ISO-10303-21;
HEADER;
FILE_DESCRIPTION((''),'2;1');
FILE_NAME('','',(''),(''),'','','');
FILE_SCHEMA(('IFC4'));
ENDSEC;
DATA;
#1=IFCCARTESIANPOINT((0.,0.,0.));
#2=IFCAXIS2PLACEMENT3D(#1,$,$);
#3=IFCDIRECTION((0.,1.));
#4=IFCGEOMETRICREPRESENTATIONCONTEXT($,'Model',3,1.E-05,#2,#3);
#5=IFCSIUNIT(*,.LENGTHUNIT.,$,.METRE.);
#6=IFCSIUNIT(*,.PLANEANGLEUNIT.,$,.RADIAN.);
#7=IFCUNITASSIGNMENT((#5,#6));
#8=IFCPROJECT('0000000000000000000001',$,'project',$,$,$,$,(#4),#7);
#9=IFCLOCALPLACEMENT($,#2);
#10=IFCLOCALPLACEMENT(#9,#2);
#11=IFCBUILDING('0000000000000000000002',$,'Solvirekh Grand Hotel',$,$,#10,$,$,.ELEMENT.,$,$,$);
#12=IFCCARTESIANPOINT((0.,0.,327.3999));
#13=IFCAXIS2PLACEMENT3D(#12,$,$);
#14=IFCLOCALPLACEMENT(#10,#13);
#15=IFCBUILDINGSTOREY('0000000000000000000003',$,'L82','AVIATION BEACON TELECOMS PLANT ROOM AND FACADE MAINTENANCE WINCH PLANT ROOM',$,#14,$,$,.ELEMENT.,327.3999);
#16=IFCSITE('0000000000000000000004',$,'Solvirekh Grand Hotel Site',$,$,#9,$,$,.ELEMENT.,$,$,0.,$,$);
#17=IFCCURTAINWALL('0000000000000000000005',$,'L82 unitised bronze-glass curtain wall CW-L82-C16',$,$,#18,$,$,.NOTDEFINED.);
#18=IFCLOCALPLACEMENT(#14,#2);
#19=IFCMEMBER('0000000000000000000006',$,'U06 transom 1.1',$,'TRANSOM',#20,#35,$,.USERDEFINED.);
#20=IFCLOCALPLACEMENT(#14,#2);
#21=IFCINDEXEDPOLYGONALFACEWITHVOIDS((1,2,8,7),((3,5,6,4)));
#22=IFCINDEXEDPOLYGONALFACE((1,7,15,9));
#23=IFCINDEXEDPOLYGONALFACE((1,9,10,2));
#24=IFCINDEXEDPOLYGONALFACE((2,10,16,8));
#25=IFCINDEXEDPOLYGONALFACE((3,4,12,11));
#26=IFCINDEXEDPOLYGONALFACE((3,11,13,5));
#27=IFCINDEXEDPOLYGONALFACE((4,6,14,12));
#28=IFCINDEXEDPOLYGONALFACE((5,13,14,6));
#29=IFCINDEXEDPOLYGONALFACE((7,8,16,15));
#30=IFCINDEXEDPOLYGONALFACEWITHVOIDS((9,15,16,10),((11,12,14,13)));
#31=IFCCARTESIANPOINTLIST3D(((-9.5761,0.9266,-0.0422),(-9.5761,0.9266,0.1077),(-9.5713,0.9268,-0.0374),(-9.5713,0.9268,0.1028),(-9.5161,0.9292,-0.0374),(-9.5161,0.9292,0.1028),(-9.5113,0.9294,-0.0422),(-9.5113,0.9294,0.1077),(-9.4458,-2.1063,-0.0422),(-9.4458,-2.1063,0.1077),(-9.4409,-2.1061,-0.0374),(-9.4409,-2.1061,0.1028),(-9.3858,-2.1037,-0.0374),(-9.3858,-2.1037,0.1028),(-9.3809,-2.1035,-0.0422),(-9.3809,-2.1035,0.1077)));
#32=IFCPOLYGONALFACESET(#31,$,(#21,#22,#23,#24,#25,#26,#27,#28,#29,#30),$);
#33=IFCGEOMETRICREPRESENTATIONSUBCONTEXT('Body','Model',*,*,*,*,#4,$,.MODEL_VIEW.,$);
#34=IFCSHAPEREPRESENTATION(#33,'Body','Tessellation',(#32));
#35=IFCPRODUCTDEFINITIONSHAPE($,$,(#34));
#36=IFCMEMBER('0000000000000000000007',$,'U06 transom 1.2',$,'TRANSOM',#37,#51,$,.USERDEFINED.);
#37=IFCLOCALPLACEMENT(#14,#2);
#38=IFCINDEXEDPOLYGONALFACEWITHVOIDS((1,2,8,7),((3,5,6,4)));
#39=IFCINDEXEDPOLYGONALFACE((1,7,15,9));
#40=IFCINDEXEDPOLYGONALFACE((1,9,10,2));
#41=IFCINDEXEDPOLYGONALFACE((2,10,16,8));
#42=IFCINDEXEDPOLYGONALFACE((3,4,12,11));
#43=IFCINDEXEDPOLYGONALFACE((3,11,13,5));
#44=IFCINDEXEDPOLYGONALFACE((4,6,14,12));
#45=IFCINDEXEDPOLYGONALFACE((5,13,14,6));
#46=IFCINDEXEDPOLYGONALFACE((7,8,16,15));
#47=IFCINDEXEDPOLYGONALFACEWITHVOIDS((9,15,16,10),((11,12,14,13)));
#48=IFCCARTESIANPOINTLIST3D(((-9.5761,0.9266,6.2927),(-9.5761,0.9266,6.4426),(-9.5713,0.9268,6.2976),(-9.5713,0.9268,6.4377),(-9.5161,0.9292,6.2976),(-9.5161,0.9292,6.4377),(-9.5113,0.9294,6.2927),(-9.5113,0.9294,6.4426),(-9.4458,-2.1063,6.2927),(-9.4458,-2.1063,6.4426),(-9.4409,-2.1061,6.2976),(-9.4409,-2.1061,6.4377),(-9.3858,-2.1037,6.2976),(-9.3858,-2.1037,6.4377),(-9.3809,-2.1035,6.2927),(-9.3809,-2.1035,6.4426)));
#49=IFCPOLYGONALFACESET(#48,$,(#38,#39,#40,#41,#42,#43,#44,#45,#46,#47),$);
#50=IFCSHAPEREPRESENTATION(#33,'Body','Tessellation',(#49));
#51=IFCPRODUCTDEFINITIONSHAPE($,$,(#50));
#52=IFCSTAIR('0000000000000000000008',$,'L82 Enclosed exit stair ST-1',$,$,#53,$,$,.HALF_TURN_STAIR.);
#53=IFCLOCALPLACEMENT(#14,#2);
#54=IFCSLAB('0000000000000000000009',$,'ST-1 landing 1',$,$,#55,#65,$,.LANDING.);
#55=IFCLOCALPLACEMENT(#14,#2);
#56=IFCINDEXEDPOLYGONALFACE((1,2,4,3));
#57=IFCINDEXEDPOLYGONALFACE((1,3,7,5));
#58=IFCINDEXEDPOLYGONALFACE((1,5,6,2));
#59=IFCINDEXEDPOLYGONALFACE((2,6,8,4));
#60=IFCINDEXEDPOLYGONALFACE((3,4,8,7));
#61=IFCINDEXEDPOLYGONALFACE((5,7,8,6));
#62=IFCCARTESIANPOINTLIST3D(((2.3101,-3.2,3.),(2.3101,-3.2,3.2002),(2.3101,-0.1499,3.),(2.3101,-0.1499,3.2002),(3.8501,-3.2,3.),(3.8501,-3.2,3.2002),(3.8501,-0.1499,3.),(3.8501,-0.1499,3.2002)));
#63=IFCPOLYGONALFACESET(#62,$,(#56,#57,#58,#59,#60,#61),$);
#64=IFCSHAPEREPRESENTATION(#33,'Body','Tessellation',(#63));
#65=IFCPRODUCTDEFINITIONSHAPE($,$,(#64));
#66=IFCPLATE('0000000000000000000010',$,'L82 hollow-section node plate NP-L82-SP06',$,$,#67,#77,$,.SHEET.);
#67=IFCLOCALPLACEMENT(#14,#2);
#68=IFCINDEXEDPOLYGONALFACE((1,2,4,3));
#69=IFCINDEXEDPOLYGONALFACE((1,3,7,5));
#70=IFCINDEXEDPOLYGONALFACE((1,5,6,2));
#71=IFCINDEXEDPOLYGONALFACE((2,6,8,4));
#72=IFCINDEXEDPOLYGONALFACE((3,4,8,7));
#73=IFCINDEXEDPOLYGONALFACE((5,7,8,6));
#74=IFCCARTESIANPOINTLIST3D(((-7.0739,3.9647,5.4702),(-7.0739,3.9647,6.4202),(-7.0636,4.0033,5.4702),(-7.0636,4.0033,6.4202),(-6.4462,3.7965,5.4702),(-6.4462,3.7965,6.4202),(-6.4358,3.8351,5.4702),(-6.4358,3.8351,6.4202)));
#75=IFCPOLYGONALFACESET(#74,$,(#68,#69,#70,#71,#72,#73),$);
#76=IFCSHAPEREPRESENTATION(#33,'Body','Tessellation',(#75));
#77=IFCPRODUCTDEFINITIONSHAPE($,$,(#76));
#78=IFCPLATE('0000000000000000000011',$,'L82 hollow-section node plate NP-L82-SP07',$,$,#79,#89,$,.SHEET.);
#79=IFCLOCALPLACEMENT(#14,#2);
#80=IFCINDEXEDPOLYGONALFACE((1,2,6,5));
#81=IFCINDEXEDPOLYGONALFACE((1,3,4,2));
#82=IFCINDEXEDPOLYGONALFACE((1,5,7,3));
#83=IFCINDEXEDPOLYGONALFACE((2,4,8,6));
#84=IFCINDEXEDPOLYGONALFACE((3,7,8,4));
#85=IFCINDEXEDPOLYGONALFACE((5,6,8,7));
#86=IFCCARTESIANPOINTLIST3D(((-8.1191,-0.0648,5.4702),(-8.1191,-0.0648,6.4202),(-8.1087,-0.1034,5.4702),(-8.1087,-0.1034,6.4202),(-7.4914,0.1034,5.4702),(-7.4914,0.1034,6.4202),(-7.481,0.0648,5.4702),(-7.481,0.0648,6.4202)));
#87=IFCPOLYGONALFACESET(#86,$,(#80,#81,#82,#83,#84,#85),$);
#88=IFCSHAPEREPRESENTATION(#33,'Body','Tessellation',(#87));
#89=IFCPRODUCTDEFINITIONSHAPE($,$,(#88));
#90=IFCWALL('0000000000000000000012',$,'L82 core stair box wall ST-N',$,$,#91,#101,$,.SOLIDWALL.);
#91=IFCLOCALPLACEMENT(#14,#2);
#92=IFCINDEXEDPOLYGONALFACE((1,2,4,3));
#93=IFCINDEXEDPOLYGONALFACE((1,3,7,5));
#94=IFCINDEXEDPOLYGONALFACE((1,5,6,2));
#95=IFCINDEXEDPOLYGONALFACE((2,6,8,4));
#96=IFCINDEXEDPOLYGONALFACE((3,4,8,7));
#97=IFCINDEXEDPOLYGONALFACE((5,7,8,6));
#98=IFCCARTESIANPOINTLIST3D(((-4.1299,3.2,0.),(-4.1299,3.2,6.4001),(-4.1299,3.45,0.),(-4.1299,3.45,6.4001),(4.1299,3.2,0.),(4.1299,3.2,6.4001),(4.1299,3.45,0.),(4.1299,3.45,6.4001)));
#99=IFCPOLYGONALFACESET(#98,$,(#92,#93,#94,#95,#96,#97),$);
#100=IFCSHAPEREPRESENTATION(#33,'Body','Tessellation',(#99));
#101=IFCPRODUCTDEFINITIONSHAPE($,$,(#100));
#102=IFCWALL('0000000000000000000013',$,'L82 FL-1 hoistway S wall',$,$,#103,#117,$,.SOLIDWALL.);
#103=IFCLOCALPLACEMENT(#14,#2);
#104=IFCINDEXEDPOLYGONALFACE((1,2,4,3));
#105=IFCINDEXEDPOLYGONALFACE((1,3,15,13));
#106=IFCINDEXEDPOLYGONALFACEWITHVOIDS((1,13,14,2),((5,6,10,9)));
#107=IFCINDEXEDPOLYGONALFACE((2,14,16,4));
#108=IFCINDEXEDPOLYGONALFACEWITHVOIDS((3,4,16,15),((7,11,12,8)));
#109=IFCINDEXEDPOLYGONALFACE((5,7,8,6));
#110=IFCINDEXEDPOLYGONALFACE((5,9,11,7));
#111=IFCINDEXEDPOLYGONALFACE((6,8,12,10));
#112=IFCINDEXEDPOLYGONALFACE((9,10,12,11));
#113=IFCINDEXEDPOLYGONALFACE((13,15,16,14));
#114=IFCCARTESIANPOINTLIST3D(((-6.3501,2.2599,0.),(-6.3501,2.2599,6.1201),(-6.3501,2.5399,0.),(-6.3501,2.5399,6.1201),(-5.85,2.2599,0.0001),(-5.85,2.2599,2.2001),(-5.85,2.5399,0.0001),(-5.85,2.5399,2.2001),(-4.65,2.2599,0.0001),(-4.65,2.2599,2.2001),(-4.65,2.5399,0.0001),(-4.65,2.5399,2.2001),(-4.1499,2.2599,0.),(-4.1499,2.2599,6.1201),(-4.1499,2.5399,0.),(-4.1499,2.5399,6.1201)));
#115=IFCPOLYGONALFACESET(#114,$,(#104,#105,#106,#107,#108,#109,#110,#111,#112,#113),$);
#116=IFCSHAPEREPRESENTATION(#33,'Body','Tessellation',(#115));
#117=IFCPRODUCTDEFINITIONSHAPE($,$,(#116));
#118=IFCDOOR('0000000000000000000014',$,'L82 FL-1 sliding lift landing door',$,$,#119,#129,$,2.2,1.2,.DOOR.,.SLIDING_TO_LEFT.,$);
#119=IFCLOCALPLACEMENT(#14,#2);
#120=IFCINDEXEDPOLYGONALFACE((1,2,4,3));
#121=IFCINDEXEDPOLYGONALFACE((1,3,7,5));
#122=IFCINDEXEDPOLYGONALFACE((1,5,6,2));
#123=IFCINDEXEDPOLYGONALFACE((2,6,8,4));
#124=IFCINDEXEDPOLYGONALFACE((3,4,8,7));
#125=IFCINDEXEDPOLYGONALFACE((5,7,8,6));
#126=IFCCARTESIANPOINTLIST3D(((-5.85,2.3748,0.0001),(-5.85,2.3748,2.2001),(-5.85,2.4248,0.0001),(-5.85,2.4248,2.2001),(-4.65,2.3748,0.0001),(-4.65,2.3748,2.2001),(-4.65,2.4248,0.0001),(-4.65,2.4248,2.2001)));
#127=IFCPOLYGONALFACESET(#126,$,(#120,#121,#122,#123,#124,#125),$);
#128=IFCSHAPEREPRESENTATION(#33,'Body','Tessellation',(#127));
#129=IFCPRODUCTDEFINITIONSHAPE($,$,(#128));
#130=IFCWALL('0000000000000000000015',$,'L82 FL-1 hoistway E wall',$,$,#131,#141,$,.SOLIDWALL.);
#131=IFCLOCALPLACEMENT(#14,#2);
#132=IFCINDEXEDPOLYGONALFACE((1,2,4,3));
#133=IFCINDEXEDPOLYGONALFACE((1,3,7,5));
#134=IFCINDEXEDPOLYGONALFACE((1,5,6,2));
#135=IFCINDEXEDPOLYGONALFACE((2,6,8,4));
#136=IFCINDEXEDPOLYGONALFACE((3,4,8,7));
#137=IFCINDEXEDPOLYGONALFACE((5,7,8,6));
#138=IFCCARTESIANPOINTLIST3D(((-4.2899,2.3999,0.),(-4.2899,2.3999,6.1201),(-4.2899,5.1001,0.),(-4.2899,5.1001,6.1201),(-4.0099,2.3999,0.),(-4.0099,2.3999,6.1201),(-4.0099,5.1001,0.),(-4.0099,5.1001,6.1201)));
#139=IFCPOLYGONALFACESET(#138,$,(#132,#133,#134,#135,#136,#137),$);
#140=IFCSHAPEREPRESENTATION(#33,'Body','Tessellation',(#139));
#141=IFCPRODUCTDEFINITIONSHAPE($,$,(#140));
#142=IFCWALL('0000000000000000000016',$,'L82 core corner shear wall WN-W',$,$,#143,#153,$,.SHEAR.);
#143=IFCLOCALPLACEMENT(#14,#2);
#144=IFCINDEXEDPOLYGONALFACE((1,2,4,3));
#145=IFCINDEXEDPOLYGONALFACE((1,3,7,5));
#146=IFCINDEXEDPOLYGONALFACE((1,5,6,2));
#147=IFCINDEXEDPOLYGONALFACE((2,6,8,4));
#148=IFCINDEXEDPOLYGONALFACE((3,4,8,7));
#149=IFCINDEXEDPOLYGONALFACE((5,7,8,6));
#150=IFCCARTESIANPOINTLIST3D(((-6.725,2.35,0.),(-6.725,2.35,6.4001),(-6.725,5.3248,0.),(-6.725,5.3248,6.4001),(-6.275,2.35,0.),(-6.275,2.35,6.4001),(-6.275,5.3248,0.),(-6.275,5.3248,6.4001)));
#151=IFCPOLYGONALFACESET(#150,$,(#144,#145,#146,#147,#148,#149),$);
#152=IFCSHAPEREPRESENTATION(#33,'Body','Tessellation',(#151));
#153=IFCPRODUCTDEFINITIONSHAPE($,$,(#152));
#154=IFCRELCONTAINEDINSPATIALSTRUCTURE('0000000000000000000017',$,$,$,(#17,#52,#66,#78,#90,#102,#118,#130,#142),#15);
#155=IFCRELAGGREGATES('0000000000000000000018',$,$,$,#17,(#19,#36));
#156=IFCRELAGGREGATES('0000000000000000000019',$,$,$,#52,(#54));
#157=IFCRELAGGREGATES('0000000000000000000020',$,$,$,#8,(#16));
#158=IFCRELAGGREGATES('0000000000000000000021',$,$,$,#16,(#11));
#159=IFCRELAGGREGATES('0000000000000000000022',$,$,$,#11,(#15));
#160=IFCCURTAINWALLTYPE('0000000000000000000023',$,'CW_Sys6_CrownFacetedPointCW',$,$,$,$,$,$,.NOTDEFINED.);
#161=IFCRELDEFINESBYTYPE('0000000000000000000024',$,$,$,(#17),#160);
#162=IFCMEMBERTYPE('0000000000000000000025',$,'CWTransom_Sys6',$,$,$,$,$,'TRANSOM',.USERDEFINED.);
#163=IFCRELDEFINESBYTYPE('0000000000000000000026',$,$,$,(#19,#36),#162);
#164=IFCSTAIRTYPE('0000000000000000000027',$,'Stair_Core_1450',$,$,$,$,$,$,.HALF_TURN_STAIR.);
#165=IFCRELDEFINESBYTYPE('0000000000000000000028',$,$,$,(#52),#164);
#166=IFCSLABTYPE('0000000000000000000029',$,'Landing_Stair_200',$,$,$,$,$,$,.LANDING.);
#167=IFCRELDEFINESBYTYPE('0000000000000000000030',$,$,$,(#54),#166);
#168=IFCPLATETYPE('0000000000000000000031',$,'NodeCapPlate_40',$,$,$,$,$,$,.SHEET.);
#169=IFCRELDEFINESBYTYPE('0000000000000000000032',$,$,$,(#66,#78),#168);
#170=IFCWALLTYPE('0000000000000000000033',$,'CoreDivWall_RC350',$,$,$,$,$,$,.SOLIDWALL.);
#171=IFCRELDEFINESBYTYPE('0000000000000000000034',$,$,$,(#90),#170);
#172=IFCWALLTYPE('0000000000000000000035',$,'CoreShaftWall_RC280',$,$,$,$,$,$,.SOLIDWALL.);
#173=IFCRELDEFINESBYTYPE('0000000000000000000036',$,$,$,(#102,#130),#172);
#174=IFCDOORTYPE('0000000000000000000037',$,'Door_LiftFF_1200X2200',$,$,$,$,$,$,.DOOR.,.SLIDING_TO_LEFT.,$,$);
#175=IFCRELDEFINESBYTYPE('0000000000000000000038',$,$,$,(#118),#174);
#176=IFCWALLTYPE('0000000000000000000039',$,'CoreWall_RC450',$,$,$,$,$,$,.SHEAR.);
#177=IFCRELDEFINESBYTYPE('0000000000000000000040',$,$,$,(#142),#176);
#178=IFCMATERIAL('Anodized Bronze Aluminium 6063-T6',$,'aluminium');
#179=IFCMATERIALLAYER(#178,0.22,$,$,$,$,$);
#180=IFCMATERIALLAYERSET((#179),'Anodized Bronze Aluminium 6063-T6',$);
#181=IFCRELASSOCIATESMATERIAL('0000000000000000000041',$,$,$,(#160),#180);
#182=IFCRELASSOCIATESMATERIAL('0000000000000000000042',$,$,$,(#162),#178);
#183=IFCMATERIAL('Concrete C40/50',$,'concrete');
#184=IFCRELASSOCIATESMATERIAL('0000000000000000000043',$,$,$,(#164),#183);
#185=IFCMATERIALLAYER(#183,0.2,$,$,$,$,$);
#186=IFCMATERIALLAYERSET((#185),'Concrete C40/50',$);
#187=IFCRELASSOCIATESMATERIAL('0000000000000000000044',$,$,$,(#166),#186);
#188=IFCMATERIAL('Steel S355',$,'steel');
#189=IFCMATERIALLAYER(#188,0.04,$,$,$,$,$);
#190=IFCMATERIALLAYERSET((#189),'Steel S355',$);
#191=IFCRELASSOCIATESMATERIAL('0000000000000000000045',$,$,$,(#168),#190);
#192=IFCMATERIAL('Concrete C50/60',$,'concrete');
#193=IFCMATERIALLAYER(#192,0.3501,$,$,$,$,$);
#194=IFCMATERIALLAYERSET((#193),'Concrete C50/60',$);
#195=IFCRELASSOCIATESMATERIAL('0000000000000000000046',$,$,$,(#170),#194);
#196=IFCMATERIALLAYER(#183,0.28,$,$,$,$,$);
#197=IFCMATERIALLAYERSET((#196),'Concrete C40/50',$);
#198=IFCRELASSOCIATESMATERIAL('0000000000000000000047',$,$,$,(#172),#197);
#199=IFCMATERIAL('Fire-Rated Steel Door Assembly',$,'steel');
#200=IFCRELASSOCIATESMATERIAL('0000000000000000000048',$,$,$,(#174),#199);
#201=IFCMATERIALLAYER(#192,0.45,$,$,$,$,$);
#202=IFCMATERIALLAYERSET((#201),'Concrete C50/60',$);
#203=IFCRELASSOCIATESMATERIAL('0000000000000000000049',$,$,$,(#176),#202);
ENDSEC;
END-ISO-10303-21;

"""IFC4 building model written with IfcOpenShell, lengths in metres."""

from ifc_helpers import new_model, si_unit, direction, frame, frame_2d, origin, origin_2d, place, context, subcontext, project, spatial, polyline, rectangle, hollow_rectangle, outline, extrude, source, transform, mapped, material, layer, layer_set, material_profile, profile_set, type_object, element, fill, aggregate, save


model = new_model("IFC4")

# Units and contexts
model_context = context("Model", 3, precision=1e-05, world=origin(), true_north=direction((0.0, 1.0)))
body_context = subcontext(model_context, "Body", "Model", "MODEL_VIEW")
ifc_project = project(units=[si_unit("LENGTHUNIT", "METRE"), si_unit("PLANEANGLEUNIT", "RADIAN")], contexts=[model_context])

# Site, building, storey
site_placement = place(None, origin())
site = spatial("IfcSite", under=ifc_project, at=site_placement, Name="Solvirekh Grand Hotel Site", CompositionType="ELEMENT", RefElevation=0.0)
building_placement = place(site_placement, origin())
building = spatial("IfcBuilding", under=site, at=building_placement, Name="Solvirekh Grand Hotel", CompositionType="ELEMENT")
storey_placement = place(building_placement, frame((0.0, 0.0, 327.3999)))
storey = spatial("IfcBuildingStorey", under=building, at=storey_placement, Name="L82", Description="AVIATION BEACON TELECOMS PLANT ROOM AND FACADE MAINTENANCE WINCH PLANT ROOM", CompositionType="ELEMENT", Elevation=327.3999)

# Shared definitions
ifc_material_1 = material(Name="Steel S355", Category="steel")

# Shared definitions
ifc_material_2 = material(Name="Anodized Bronze Aluminium 6063-T6", Category="aluminium")
ifc_layer_1 = layer(ifc_material_2, 0.22)
ifc_layer_set_1 = layer_set([ifc_layer_1], Name="Anodized Bronze Aluminium 6063-T6")
curtain_wall_type = type_object("IfcCurtainWallType", Name="CW_Sys6_CrownFacetedPointCW", PredefinedType="NOTDEFINED", material=ifc_layer_set_1)

# Curtain wall, members
curtain_wall_1_placement = place(storey_placement, origin())
curtain_wall_1 = element("IfcCurtainWall", 1, at=curtain_wall_1_placement, inside=storey, type_object=curtain_wall_type, Name="L82 unitised bronze-glass curtain wall CW-L82-C16", PredefinedType="NOTDEFINED")
ifc_material_profile_1 = material_profile(ifc_material_2, hollow_rectangle(XDim=0.0649, YDim=0.1499, WallThickness=0.0049, at=origin_2d()), Name="ALU RHS 150X65X5")
ifc_profile_set_1 = profile_set([ifc_material_profile_1], Name="Anodized Bronze Aluminium 6063-T6")
member_type_1 = type_object("IfcMemberType", Name="CWTransom_Sys6", ElementType="TRANSOM", PredefinedType="USERDEFINED", material=ifc_profile_set_1)
shared_shape_1 = source(origin(), body_context, "Body", "SweptSolid", [
    extrude(hollow_rectangle(XDim=0.0649, YDim=0.1499, WallThickness=0.0049, at=origin_2d()), origin(), (0.0, 0.0, 1.0), 3.0356),
])
member_1_placement = place(storey_placement, frame((-9.5437, 0.928, 0.0327), z_axis=(0.042945, -0.999077, 0.0), x_axis=(0.999077, 0.042945, 0.0)))
member_1 = element("IfcMember", 2, at=member_1_placement, type_object=member_type_1, Name="U06 transom 1.1", ObjectType="TRANSOM", PredefinedType="USERDEFINED", context=body_context, shape_type="MappedRepresentation", body=[
    mapped(shared_shape_1, transform((0.0, 0.0, 0.0), x_axis=(1.0, 0.0, 0.0), y_axis=(0.0, 1.0, 0.0), z_axis=(0.0, 0.0, 1.0), scale=1.0)),
])
member_2_placement = place(storey_placement, frame((-9.5437, 0.928, 6.3677), z_axis=(0.042945, -0.999077, 0.0), x_axis=(0.999077, 0.042945, 0.0)))
member_2 = element("IfcMember", 3, at=member_2_placement, type_object=member_type_1, Name="U06 transom 1.2", ObjectType="TRANSOM", PredefinedType="USERDEFINED", context=body_context, shape_type="MappedRepresentation", body=[
    mapped(shared_shape_1, transform((0.0, 0.0, 0.0), x_axis=(1.0, 0.0, 0.0), y_axis=(0.0, 1.0, 0.0), z_axis=(0.0, 0.0, 1.0), scale=1.0)),
])
aggregate(curtain_wall_1, [member_1, member_2])

# Stair, slab
ifc_material_3 = material(Name="Concrete C40/50", Category="concrete")
stair_type = type_object("IfcStairType", Name="Stair_Core_1450", PredefinedType="HALF_TURN_STAIR", material=ifc_material_3)
stair_1_placement = place(storey_placement, origin())
stair_1 = element("IfcStair", 4, at=stair_1_placement, inside=storey, type_object=stair_type, Name="L82 Enclosed exit stair ST-1", PredefinedType="HALF_TURN_STAIR")
ifc_layer_2 = layer(ifc_material_3, 0.2)
ifc_layer_set_2 = layer_set([ifc_layer_2], Name="Concrete C40/50")
slab_type = type_object("IfcSlabType", Name="Landing_Stair_200", PredefinedType="LANDING", material=ifc_layer_set_2)
slab_placement = place(storey_placement, frame((0.0, 0.0, 3.0)))
slab = element("IfcSlab", 5, at=slab_placement, type_object=slab_type, Name="ST-1 landing 1", PredefinedType="LANDING", context=body_context, shape_type="SweptSolid", body=[
    extrude(outline(polyline([(2.3101, -3.2), (3.8501, -3.2), (3.8501, -0.1499), (2.3101, -0.1499), (2.3101, -3.2)])), origin(), (0.0, 0.0, 1.0), 0.2002),
])
aggregate(stair_1, [slab])

# Plates
ifc_layer_3 = layer(ifc_material_1, 0.04)
ifc_layer_set_3 = layer_set([ifc_layer_3], Name="Steel S355")
plate_type = type_object("IfcPlateType", Name="NodeCapPlate_40", PredefinedType="SHEET", material=ifc_layer_set_3)
for number, where, z_axis, x_axis, name in (
    (6, (-6.7549, 3.8999, 5.4702), (0.0, 0.0, 1.0), (-0.258819, -0.965926, 0.0), "L82 hollow-section node plate NP-L82-SP06"),
    (7, (-7.8, 0.0, 5.4702), (0.0, 0.0, 1.0), (0.258819, -0.965926, 0.0), "L82 hollow-section node plate NP-L82-SP07"),
):
    element("IfcPlate", number, at=place(storey_placement, frame(where, z_axis=z_axis, x_axis=x_axis)), inside=storey, type_object=plate_type, Name=name, PredefinedType="SHEET", context=body_context, shape_type="SweptSolid", body=[
        extrude(rectangle(XDim=0.04, YDim=0.6499, at=origin_2d()), origin(), (0.0, 0.0, 1.0), 0.95),
    ])

# Wall
ifc_material_4 = material(Name="Concrete C50/60", Category="concrete")
ifc_layer_4 = layer(ifc_material_4, 0.3501)
ifc_layer_set_4 = layer_set([ifc_layer_4], Name="Concrete C50/60")
wall_type_1 = type_object("IfcWallType", Name="CoreDivWall_RC350", PredefinedType="SOLIDWALL", material=ifc_layer_set_4)
wall_1_placement = place(storey_placement, frame((-4.1299, 3.325, 0.0), z_axis=(0.0, 0.0, 1.0), x_axis=(1.0, 0.0, 0.0)))
element("IfcWall", 8, at=wall_1_placement, inside=storey, type_object=wall_type_1, Name="L82 core stair box wall ST-N", PredefinedType="SOLIDWALL", context=body_context, shape_type="SweptSolid", body=[
    extrude(rectangle(XDim=8.2598, YDim=0.25, at=frame_2d((4.1299, 0.0))), origin(), (0.0, 0.0, 1.0), 6.4001),
])

# Wall, opening, door
ifc_layer_5 = layer(ifc_material_3, 0.28)
ifc_layer_set_5 = layer_set([ifc_layer_5], Name="Concrete C40/50")
wall_type_2 = type_object("IfcWallType", Name="CoreShaftWall_RC280", PredefinedType="SOLIDWALL", material=ifc_layer_set_5)
wall_2_placement = place(storey_placement, frame((-6.3501, 2.3999, 0.0), z_axis=(0.0, 0.0, 1.0), x_axis=(1.0, 0.0, 0.0)))
wall_2 = element("IfcWall", 9, at=wall_2_placement, inside=storey, type_object=wall_type_2, Name="L82 FL-1 hoistway S wall", PredefinedType="SOLIDWALL", context=body_context, shape_type="SweptSolid", body=[
    extrude(rectangle(XDim=2.2002, YDim=0.28, at=frame_2d((1.1001, 0.0))), origin(), (0.0, 0.0, 1.0), 6.1201),
])
opening_1_placement = place(wall_2_placement, frame((0.5, 0.0, 0.0)))
opening_1 = element("IfcOpeningElement", 10, at=opening_1_placement, cuts=wall_2, PredefinedType="OPENING", context=body_context, shape_type="SweptSolid", body=[
    extrude(rectangle(XDim=1.2, YDim=2.2, at=frame_2d((0.6001, 1.1001))), frame((0.0, 0.1499, 0.0), z_axis=(0.0, -1.0, 0.0), x_axis=(1.0, 0.0, 0.0)), (0.0, 0.0, 1.0), 0.3),
])
ifc_material_5 = material(Name="Fire-Rated Steel Door Assembly", Category="steel")
door_type = type_object("IfcDoorType", Name="Door_LiftFF_1200X2200", OperationType="SLIDING_TO_LEFT", PredefinedType="DOOR", material=ifc_material_5)
door_placement = place(opening_1_placement, origin())
door = element("IfcDoor", 11, at=door_placement, inside=storey, type_object=door_type, Name="L82 FL-1 sliding lift landing door", OperationType="SLIDING_TO_LEFT", OverallHeight=2.2, OverallWidth=1.2, PredefinedType="DOOR", context=body_context, shape_type="SweptSolid", body=[
    extrude(rectangle(XDim=1.2, YDim=2.2, at=frame_2d((0.6001, 1.1001))), frame((0.0, 0.0249, 0.0), z_axis=(0.0, -1.0, 0.0), x_axis=(1.0, 0.0, 0.0)), (0.0, 0.0, 1.0), 0.05),
])
fill(opening_1, door)

# Walls
wall_3_placement = place(storey_placement, frame((-4.1499, 2.3999, 0.0), z_axis=(0.0, 0.0, 1.0), x_axis=(0.0, 1.0, 0.0)))
element("IfcWall", 12, at=wall_3_placement, inside=storey, type_object=wall_type_2, Name="L82 FL-1 hoistway E wall", PredefinedType="SOLIDWALL", context=body_context, shape_type="SweptSolid", body=[
    extrude(rectangle(XDim=2.7002, YDim=0.28, at=frame_2d((1.3501, 0.0))), origin(), (0.0, 0.0, 1.0), 6.1201),
])
ifc_layer_6 = layer(ifc_material_4, 0.45)
ifc_layer_set_6 = layer_set([ifc_layer_6], Name="Concrete C50/60")
wall_type_3 = type_object("IfcWallType", Name="CoreWall_RC450", PredefinedType="SHEAR", material=ifc_layer_set_6)
wall_4_placement = place(storey_placement, frame((-6.5, 2.3501, 0.0), z_axis=(0.0, 0.0, 1.0), x_axis=(0.0, 1.0, 0.0)))
element("IfcWall", 13, at=wall_4_placement, inside=storey, type_object=wall_type_3, Name="L82 core corner shear wall WN-W", PredefinedType="SHEAR", context=body_context, shape_type="SweptSolid", body=[
    extrude(rectangle(XDim=2.9749, YDim=0.45, at=frame_2d((1.4873, 0.0))), origin(), (0.0, 0.0, 1.0), 6.4001),
])

save(model, "model.ifc")
